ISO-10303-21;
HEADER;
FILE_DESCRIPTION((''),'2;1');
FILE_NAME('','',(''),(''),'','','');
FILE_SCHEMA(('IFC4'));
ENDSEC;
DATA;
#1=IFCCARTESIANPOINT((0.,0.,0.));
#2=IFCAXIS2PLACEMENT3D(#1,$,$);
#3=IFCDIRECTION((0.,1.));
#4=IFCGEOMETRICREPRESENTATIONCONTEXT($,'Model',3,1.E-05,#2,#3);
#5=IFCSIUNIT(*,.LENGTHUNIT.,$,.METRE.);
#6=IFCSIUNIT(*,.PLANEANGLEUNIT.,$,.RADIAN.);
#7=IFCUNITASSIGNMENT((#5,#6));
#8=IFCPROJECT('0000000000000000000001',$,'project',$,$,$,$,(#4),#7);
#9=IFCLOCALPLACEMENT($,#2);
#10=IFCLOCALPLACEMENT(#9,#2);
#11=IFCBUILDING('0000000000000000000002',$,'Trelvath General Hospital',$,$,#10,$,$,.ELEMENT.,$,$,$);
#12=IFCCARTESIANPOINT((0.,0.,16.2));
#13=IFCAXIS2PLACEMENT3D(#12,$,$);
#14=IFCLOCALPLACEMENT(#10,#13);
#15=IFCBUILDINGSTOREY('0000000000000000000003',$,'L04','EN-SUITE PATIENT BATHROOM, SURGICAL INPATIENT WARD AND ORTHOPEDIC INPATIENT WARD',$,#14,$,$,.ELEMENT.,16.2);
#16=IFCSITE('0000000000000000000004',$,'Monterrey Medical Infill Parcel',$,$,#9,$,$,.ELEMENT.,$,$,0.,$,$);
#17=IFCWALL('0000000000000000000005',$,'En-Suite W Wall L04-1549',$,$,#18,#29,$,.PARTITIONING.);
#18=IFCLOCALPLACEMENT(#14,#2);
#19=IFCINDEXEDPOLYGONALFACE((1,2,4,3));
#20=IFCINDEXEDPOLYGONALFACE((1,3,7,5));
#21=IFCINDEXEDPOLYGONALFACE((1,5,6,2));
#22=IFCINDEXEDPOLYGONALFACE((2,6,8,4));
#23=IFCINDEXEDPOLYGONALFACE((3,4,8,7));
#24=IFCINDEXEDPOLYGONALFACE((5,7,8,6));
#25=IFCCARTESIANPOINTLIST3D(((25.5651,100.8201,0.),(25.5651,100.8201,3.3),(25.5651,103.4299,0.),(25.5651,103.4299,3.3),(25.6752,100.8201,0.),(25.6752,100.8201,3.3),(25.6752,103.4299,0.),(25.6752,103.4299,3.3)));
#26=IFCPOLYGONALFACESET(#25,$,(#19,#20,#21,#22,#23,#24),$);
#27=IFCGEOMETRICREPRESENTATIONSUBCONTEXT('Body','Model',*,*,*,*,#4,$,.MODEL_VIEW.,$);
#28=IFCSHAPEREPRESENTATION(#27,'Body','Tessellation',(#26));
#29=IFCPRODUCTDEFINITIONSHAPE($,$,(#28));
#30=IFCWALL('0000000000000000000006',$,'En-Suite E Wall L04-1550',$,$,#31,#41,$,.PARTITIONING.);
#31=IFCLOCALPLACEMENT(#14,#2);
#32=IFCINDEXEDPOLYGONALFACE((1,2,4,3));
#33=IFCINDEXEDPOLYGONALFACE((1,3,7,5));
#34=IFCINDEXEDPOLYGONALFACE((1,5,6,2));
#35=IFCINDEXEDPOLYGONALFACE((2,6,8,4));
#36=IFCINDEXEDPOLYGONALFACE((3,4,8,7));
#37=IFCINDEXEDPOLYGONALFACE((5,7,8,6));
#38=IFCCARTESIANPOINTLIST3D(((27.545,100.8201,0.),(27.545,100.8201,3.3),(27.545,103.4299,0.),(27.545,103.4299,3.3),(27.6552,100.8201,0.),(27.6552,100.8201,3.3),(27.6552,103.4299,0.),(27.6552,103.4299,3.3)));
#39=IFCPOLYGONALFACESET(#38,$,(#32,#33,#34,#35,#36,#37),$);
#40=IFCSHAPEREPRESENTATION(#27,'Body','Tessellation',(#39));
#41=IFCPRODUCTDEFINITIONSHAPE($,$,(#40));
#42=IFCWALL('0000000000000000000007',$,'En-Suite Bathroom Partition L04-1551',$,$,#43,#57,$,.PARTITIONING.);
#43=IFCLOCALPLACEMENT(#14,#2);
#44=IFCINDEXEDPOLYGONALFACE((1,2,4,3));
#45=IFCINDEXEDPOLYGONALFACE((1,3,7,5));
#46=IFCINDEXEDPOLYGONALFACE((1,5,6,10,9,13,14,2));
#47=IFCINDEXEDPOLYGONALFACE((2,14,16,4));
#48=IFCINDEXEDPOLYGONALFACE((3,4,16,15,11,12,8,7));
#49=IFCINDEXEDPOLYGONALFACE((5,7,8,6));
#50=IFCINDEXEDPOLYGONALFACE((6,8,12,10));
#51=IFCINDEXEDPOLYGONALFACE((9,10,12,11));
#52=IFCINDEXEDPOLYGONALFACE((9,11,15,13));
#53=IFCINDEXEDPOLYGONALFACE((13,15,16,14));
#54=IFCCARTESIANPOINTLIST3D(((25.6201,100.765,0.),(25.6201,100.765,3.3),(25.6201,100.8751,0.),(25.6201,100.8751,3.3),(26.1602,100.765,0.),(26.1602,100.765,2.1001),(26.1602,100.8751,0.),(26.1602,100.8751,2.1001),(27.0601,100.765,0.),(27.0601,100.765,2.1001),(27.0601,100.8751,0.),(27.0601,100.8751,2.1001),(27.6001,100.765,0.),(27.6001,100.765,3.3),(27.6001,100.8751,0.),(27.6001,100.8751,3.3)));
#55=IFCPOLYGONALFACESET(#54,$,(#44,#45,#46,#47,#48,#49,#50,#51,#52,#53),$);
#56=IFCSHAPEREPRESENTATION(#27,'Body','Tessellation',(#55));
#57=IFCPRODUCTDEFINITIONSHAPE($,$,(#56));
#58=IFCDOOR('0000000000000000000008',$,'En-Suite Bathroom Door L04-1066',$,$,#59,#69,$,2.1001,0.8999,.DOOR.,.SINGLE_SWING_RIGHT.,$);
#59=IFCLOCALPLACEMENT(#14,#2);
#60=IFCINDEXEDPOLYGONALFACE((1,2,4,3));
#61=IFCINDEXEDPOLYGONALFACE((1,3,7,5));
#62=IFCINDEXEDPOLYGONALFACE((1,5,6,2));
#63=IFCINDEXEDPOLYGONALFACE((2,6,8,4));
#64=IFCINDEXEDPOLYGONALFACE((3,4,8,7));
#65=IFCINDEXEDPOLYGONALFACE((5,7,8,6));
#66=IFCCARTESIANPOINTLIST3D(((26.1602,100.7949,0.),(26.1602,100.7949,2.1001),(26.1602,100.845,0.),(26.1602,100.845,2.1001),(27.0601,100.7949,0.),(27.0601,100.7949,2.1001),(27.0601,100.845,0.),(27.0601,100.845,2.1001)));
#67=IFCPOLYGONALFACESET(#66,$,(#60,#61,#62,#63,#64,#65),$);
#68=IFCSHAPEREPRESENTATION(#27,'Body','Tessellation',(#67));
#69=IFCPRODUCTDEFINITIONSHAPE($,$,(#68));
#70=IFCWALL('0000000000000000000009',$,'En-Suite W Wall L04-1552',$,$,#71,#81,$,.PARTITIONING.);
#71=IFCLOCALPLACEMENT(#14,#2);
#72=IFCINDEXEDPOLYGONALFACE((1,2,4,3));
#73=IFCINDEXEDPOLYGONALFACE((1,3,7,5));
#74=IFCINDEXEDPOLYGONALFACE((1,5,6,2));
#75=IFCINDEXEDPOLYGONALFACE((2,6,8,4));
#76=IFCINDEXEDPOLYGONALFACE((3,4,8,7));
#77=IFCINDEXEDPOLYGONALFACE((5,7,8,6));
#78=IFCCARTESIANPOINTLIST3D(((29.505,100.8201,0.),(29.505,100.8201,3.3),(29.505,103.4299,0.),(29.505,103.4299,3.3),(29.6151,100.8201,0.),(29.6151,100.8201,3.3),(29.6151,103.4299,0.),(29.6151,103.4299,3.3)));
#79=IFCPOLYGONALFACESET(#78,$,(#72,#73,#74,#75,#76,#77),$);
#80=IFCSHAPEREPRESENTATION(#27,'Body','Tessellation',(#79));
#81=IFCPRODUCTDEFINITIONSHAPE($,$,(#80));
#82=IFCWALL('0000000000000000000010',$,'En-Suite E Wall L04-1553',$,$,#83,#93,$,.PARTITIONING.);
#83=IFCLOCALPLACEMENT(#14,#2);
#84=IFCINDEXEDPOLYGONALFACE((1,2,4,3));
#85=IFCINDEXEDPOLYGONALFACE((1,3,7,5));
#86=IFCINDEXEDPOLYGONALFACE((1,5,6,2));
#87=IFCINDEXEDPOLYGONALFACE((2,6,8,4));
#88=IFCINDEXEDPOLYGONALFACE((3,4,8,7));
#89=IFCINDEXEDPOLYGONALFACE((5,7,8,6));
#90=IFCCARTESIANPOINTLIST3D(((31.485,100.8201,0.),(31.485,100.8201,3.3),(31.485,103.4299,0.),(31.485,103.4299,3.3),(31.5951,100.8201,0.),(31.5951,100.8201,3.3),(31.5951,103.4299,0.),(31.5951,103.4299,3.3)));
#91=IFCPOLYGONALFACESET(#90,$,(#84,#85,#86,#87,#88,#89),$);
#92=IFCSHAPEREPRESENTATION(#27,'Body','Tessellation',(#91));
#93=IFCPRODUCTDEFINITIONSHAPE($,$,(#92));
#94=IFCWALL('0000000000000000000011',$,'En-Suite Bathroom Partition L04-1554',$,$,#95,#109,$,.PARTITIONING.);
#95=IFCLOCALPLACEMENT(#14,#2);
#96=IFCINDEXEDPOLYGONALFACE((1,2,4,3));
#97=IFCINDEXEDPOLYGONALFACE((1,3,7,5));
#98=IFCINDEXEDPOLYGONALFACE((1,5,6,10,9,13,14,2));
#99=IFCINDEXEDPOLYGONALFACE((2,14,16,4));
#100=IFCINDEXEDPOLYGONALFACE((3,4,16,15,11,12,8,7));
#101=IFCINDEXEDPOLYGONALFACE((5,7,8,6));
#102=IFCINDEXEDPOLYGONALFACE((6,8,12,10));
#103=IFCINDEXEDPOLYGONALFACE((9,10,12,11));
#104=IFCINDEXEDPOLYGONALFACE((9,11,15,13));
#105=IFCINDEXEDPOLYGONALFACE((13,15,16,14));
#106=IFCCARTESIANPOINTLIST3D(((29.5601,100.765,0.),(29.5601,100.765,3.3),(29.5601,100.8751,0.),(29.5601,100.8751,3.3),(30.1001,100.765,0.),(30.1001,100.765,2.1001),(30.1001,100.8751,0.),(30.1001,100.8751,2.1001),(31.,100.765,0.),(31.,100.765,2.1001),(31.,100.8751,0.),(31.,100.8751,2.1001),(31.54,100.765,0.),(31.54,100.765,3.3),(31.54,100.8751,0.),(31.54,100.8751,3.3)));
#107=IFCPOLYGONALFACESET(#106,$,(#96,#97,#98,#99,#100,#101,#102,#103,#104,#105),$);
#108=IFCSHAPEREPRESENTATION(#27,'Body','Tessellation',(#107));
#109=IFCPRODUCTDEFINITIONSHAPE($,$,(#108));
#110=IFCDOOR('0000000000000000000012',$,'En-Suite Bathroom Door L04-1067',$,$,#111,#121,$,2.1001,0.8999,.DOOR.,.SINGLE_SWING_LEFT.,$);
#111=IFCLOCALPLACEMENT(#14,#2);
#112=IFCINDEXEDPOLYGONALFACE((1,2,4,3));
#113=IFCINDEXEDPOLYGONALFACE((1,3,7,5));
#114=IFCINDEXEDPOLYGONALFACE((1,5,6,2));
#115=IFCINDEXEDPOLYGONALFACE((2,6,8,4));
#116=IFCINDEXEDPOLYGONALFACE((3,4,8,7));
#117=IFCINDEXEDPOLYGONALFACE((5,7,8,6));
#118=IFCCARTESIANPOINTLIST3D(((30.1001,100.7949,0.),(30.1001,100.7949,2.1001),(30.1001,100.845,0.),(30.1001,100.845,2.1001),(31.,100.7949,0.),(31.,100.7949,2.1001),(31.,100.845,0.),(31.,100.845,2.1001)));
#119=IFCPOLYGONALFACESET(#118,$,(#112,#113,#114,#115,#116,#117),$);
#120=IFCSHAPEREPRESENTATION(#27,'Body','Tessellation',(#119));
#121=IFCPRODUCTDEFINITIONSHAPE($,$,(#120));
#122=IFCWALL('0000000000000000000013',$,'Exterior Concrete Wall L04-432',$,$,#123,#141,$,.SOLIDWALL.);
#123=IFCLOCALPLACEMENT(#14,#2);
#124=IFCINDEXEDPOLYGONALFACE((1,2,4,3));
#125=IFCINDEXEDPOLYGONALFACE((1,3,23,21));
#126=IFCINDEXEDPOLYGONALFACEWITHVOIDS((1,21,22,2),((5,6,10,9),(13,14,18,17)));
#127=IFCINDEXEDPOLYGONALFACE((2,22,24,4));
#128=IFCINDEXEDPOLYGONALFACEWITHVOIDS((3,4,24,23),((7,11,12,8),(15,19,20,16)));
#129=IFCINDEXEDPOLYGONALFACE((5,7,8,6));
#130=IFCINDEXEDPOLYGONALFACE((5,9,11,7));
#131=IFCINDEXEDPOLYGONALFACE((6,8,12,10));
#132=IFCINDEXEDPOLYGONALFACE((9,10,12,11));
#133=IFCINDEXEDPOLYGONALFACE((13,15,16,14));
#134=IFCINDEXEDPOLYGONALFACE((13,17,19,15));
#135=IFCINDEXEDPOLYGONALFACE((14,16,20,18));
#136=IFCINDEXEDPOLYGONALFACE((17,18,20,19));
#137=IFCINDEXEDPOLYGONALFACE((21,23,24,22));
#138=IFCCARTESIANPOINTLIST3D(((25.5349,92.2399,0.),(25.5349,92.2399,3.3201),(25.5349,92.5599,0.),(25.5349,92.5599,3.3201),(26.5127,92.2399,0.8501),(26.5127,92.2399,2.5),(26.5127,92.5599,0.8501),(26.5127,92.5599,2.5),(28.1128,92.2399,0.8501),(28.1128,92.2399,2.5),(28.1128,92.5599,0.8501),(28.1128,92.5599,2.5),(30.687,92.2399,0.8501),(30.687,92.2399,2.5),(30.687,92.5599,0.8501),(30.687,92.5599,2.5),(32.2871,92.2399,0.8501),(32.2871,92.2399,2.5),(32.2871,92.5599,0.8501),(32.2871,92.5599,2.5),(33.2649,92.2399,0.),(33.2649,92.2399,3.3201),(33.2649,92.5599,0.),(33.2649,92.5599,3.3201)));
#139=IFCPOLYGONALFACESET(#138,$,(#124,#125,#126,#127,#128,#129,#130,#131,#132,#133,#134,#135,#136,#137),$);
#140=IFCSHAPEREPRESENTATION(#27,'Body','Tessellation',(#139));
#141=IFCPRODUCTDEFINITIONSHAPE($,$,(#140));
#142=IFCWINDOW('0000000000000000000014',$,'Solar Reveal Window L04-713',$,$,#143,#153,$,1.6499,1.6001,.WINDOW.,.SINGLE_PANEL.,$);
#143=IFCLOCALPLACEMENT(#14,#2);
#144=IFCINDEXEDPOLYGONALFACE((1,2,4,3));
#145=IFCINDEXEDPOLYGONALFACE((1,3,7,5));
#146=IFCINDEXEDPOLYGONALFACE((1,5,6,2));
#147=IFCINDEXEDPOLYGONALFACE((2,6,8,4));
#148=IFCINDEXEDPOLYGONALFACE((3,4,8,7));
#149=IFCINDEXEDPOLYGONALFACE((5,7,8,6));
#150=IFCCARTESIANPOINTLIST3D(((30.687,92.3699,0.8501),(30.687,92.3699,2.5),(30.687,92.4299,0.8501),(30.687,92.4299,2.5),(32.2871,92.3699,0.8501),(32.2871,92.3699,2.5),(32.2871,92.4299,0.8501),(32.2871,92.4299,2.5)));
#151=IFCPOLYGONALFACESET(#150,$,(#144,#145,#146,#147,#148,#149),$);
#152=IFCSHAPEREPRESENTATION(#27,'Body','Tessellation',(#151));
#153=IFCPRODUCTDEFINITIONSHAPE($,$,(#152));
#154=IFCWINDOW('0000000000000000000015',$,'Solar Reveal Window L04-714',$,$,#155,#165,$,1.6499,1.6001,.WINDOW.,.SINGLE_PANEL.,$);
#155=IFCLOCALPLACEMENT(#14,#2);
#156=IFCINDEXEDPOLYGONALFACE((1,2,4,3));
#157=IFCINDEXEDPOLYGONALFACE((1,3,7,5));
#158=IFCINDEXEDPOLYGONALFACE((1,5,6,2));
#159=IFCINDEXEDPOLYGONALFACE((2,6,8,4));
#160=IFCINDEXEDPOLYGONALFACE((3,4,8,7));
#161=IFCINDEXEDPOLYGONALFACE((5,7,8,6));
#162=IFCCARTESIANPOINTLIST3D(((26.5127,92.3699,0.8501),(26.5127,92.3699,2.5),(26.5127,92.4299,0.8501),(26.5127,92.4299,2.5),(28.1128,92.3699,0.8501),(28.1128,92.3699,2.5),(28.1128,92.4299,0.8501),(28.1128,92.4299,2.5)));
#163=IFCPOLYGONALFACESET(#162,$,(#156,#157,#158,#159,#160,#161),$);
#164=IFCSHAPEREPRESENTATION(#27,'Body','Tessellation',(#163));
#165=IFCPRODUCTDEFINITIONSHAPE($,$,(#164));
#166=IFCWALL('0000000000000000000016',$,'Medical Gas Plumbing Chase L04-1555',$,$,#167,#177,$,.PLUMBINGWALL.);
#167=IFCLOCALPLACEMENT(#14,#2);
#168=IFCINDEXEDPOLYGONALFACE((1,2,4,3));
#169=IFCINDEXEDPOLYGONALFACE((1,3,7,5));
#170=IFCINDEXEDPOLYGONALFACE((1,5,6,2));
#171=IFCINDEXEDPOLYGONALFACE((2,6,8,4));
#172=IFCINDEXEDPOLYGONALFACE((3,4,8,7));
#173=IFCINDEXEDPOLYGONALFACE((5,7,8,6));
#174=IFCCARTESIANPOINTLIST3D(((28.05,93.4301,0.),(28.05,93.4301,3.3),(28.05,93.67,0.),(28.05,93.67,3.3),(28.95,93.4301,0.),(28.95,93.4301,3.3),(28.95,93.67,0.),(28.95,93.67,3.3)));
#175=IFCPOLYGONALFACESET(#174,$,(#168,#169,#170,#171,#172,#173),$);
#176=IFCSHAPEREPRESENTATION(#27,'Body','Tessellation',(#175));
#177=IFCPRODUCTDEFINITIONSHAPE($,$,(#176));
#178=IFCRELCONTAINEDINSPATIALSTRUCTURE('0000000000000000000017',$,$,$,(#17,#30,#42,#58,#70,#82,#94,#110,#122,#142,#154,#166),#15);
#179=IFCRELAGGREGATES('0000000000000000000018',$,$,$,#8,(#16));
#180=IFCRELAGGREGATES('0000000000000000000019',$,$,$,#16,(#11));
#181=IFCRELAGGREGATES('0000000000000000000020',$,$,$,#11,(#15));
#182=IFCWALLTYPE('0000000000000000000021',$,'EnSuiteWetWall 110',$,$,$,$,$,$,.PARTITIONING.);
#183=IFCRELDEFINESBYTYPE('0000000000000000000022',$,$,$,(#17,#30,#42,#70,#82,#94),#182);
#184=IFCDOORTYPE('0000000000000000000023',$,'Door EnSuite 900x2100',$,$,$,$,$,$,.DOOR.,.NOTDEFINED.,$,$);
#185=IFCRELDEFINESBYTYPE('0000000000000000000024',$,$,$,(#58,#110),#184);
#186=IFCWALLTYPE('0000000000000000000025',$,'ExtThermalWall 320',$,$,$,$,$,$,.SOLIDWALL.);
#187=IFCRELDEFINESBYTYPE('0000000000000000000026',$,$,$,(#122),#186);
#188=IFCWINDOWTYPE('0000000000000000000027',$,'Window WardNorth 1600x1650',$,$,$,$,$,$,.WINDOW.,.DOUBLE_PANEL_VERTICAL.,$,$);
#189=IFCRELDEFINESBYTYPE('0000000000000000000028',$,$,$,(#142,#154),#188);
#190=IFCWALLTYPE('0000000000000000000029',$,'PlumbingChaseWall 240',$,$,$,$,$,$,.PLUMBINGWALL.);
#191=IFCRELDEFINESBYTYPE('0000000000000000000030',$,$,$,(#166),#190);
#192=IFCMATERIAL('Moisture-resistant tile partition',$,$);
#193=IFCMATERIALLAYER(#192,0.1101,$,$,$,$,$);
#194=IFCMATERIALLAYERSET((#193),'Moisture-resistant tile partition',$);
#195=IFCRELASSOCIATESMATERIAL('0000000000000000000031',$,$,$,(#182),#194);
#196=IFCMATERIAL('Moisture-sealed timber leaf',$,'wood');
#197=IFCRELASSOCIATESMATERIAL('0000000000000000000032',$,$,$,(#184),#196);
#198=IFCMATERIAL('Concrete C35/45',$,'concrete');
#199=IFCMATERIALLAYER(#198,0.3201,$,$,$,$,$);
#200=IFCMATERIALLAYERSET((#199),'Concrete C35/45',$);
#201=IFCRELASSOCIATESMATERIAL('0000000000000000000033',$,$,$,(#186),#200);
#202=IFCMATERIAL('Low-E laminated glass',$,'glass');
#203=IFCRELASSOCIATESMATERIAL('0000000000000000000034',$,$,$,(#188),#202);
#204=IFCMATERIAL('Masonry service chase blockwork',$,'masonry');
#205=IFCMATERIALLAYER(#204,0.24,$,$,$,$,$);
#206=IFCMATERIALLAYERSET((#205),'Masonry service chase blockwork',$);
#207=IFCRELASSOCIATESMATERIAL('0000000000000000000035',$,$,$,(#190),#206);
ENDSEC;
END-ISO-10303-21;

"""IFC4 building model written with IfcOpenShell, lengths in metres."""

from ifc_helpers import new_model, si_unit, direction, frame, frame_2d, origin, place, context, subcontext, project, spatial, rectangle, extrude, material, layer, layer_set, type_object, element, fill, save


model = new_model("IFC4")

# Units and contexts
model_context = context("Model", 3, precision=1e-05, world=origin(), true_north=direction((0.0, 1.0)))
body_context = subcontext(model_context, "Body", "Model", "MODEL_VIEW")
ifc_project = project(units=[si_unit("LENGTHUNIT", "METRE"), si_unit("PLANEANGLEUNIT", "RADIAN")], contexts=[model_context])

# Site, building, storey
site_placement = place(None, origin())
site = spatial("IfcSite", under=ifc_project, at=site_placement, Name="Monterrey Medical Infill Parcel", CompositionType="ELEMENT", RefElevation=0.0)
building_placement = place(site_placement, origin())
building = spatial("IfcBuilding", under=site, at=building_placement, Name="Trelvath General Hospital", CompositionType="ELEMENT")
storey_placement = place(building_placement, frame((0.0, 0.0, 16.2)))
storey = spatial("IfcBuildingStorey", under=building, at=storey_placement, Name="L04", Description="EN-SUITE PATIENT BATHROOM, SURGICAL INPATIENT WARD AND ORTHOPEDIC INPATIENT WARD", CompositionType="ELEMENT", Elevation=16.2)

# Walls
ifc_material_1 = material(Name="Moisture-resistant tile partition")
ifc_layer_1 = layer(ifc_material_1, 0.1101)
ifc_layer_set_1 = layer_set([ifc_layer_1], Name="Moisture-resistant tile partition")
wall_type_1 = type_object("IfcWallType", Name="EnSuiteWetWall 110", PredefinedType="PARTITIONING", material=ifc_layer_set_1)
for number, where, z_axis, x_axis, name in (
    (1, (25.6201, 100.8201, 0.0), (0.0, 0.0, 1.0), (0.0, 1.0, 0.0), "En-Suite W Wall L04-1549"),
    (2, (27.6001, 100.8201, 0.0), (0.0, 0.0, 1.0), (0.0, 1.0, 0.0), "En-Suite E Wall L04-1550"),
):
    element("IfcWall", number, at=place(storey_placement, frame(where, z_axis=z_axis, x_axis=x_axis)), inside=storey, type_object=wall_type_1, Name=name, PredefinedType="PARTITIONING", context=body_context, shape_type="SweptSolid", body=[
        extrude(rectangle(XDim=2.6099, YDim=0.1101, at=frame_2d((1.3049, 0.0))), origin(), (0.0, 0.0, 1.0), 3.3),
    ])

# Wall, opening, door
wall_1_placement = place(storey_placement, frame((25.6201, 100.8201, 0.0), z_axis=(0.0, 0.0, 1.0), x_axis=(1.0, 0.0, 0.0)))
wall_1 = element("IfcWall", 3, at=wall_1_placement, inside=storey, type_object=wall_type_1, Name="En-Suite Bathroom Partition L04-1551", PredefinedType="PARTITIONING", context=body_context, shape_type="SweptSolid", body=[
    extrude(rectangle(XDim=1.98, YDim=0.1101, at=frame_2d((0.99, 0.0))), origin(), (0.0, 0.0, 1.0), 3.3),
])
opening_1_placement = place(wall_1_placement, frame((0.54, 0.0, 0.0)))
opening_1 = element("IfcOpeningElement", 4, at=opening_1_placement, cuts=wall_1, PredefinedType="OPENING", context=body_context, shape_type="SweptSolid", body=[
    extrude(rectangle(XDim=0.8999, YDim=2.1001, at=frame_2d((0.45, 1.05))), frame((0.0, 0.0649, 0.0), z_axis=(0.0, -1.0, 0.0), x_axis=(1.0, 0.0, 0.0)), (0.0, 0.0, 1.0), 0.1301),
])
ifc_material_2 = material(Name="Moisture-sealed timber leaf", Category="wood")
door_type = type_object("IfcDoorType", Name="Door EnSuite 900x2100", OperationType="NOTDEFINED", PredefinedType="DOOR", material=ifc_material_2)
door_1_placement = place(opening_1_placement, origin())
door_1 = element("IfcDoor", 5, at=door_1_placement, inside=storey, type_object=door_type, Name="En-Suite Bathroom Door L04-1066", OperationType="SINGLE_SWING_RIGHT", OverallHeight=2.1001, OverallWidth=0.8999, PredefinedType="DOOR", context=body_context, shape_type="SweptSolid", body=[
    extrude(rectangle(XDim=0.8999, YDim=2.1001, at=frame_2d((0.45, 1.05))), frame((0.0, 0.0249, 0.0), z_axis=(0.0, -1.0, 0.0), x_axis=(1.0, 0.0, 0.0)), (0.0, 0.0, 1.0), 0.05),
])
fill(opening_1, door_1)

# Walls
for number, where, z_axis, x_axis, name in (
    (6, (29.5601, 100.8201, 0.0), (0.0, 0.0, 1.0), (0.0, 1.0, 0.0), "En-Suite W Wall L04-1552"),
    (7, (31.54, 100.8201, 0.0), (0.0, 0.0, 1.0), (0.0, 1.0, 0.0), "En-Suite E Wall L04-1553"),
):
    element("IfcWall", number, at=place(storey_placement, frame(where, z_axis=z_axis, x_axis=x_axis)), inside=storey, type_object=wall_type_1, Name=name, PredefinedType="PARTITIONING", context=body_context, shape_type="SweptSolid", body=[
        extrude(rectangle(XDim=2.6099, YDim=0.1101, at=frame_2d((1.3049, 0.0))), origin(), (0.0, 0.0, 1.0), 3.3),
    ])

# Wall, opening, door
wall_2_placement = place(storey_placement, frame((29.5601, 100.8201, 0.0), z_axis=(0.0, 0.0, 1.0), x_axis=(1.0, 0.0, 0.0)))
wall_2 = element("IfcWall", 8, at=wall_2_placement, inside=storey, type_object=wall_type_1, Name="En-Suite Bathroom Partition L04-1554", PredefinedType="PARTITIONING", context=body_context, shape_type="SweptSolid", body=[
    extrude(rectangle(XDim=1.98, YDim=0.1101, at=frame_2d((0.99, 0.0))), origin(), (0.0, 0.0, 1.0), 3.3),
])
opening_2_placement = place(wall_2_placement, frame((0.54, 0.0, 0.0)))
opening_2 = element("IfcOpeningElement", 9, at=opening_2_placement, cuts=wall_2, PredefinedType="OPENING", context=body_context, shape_type="SweptSolid", body=[
    extrude(rectangle(XDim=0.8999, YDim=2.1001, at=frame_2d((0.45, 1.05))), frame((0.0, 0.0649, 0.0), z_axis=(0.0, -1.0, 0.0), x_axis=(1.0, 0.0, 0.0)), (0.0, 0.0, 1.0), 0.1301),
])
door_2_placement = place(opening_2_placement, origin())
door_2 = element("IfcDoor", 10, at=door_2_placement, inside=storey, type_object=door_type, Name="En-Suite Bathroom Door L04-1067", OperationType="SINGLE_SWING_LEFT", OverallHeight=2.1001, OverallWidth=0.8999, PredefinedType="DOOR", context=body_context, shape_type="SweptSolid", body=[
    extrude(rectangle(XDim=0.8999, YDim=2.1001, at=frame_2d((0.45, 1.05))), frame((0.0, 0.0249, 0.0), z_axis=(0.0, -1.0, 0.0), x_axis=(1.0, 0.0, 0.0)), (0.0, 0.0, 1.0), 0.05),
])
fill(opening_2, door_2)

# Wall, openings, windows
ifc_material_3 = material(Name="Concrete C35/45", Category="concrete")
ifc_layer_2 = layer(ifc_material_3, 0.3201)
ifc_layer_set_2 = layer_set([ifc_layer_2], Name="Concrete C35/45")
wall_type_2 = type_object("IfcWallType", Name="ExtThermalWall 320", PredefinedType="SOLIDWALL", material=ifc_layer_set_2)
wall_3_placement = place(storey_placement, frame((33.2649, 92.3999, 0.0), z_axis=(0.0, 0.0, 1.0), x_axis=(-1.0, 0.0, 0.0)))
wall_3 = element("IfcWall", 11, at=wall_3_placement, inside=storey, type_object=wall_type_2, Name="Exterior Concrete Wall L04-432", PredefinedType="SOLIDWALL", context=body_context, shape_type="SweptSolid", body=[
    extrude(rectangle(XDim=7.73, YDim=0.3201, at=frame_2d((3.865, 0.0))), origin(), (0.0, 0.0, 1.0), 3.3201),
])
opening_3_placement = place(wall_3_placement, frame((0.9778, 0.0, 0.8501)))
opening_3 = element("IfcOpeningElement", 12, at=opening_3_placement, cuts=wall_3, PredefinedType="OPENING", context=body_context, shape_type="SweptSolid", body=[
    extrude(rectangle(XDim=1.6001, YDim=1.6499, at=frame_2d((0.8, 0.825))), frame((0.0, 0.1699, 0.0), z_axis=(0.0, -1.0, 0.0), x_axis=(1.0, 0.0, 0.0)), (0.0, 0.0, 1.0), 0.3401),
])
opening_4_placement = place(wall_3_placement, frame((5.1521, 0.0, 0.8501)))
opening_4 = element("IfcOpeningElement", 13, at=opening_4_placement, cuts=wall_3, PredefinedType="OPENING", context=body_context, shape_type="SweptSolid", body=[
    extrude(rectangle(XDim=1.6001, YDim=1.6499, at=frame_2d((0.8, 0.825))), frame((0.0, 0.1699, 0.0), z_axis=(0.0, -1.0, 0.0), x_axis=(1.0, 0.0, 0.0)), (0.0, 0.0, 1.0), 0.3401),
])
ifc_material_4 = material(Name="Low-E laminated glass", Category="glass")
window_type = type_object("IfcWindowType", Name="Window WardNorth 1600x1650", PartitioningType="DOUBLE_PANEL_VERTICAL", PredefinedType="WINDOW", material=ifc_material_4)
window_1_placement = place(opening_3_placement, origin())
window_1 = element("IfcWindow", 14, at=window_1_placement, inside=storey, type_object=window_type, Name="Solar Reveal Window L04-713", OverallHeight=1.6499, OverallWidth=1.6001, PartitioningType="SINGLE_PANEL", PredefinedType="WINDOW", context=body_context, shape_type="SweptSolid", body=[
    extrude(rectangle(XDim=1.6001, YDim=1.6499, at=frame_2d((0.8, 0.825))), frame((0.0, 0.03, 0.0), z_axis=(0.0, -1.0, 0.0), x_axis=(1.0, 0.0, 0.0)), (0.0, 0.0, 1.0), 0.0601),
])
fill(opening_3, window_1)
window_2_placement = place(opening_4_placement, origin())
window_2 = element("IfcWindow", 15, at=window_2_placement, inside=storey, type_object=window_type, Name="Solar Reveal Window L04-714", OverallHeight=1.6499, OverallWidth=1.6001, PartitioningType="SINGLE_PANEL", PredefinedType="WINDOW", context=body_context, shape_type="SweptSolid", body=[
    extrude(rectangle(XDim=1.6001, YDim=1.6499, at=frame_2d((0.8, 0.825))), frame((0.0, 0.03, 0.0), z_axis=(0.0, -1.0, 0.0), x_axis=(1.0, 0.0, 0.0)), (0.0, 0.0, 1.0), 0.0601),
])
fill(opening_4, window_2)

# Wall
ifc_material_5 = material(Name="Masonry service chase blockwork", Category="masonry")
ifc_layer_3 = layer(ifc_material_5, 0.24)
ifc_layer_set_3 = layer_set([ifc_layer_3], Name="Masonry service chase blockwork")
wall_type_3 = type_object("IfcWallType", Name="PlumbingChaseWall 240", PredefinedType="PLUMBINGWALL", material=ifc_layer_set_3)
wall_4_placement = place(storey_placement, frame((28.05, 93.55, 0.0), z_axis=(0.0, 0.0, 1.0), x_axis=(1.0, 0.0, 0.0)))
element("IfcWall", 16, at=wall_4_placement, inside=storey, type_object=wall_type_3, Name="Medical Gas Plumbing Chase L04-1555", PredefinedType="PLUMBINGWALL", context=body_context, shape_type="SweptSolid", body=[
    extrude(rectangle(XDim=0.8999, YDim=0.24, at=frame_2d((0.45, 0.0))), origin(), (0.0, 0.0, 1.0), 3.3),
])

save(model, "model.ifc")
